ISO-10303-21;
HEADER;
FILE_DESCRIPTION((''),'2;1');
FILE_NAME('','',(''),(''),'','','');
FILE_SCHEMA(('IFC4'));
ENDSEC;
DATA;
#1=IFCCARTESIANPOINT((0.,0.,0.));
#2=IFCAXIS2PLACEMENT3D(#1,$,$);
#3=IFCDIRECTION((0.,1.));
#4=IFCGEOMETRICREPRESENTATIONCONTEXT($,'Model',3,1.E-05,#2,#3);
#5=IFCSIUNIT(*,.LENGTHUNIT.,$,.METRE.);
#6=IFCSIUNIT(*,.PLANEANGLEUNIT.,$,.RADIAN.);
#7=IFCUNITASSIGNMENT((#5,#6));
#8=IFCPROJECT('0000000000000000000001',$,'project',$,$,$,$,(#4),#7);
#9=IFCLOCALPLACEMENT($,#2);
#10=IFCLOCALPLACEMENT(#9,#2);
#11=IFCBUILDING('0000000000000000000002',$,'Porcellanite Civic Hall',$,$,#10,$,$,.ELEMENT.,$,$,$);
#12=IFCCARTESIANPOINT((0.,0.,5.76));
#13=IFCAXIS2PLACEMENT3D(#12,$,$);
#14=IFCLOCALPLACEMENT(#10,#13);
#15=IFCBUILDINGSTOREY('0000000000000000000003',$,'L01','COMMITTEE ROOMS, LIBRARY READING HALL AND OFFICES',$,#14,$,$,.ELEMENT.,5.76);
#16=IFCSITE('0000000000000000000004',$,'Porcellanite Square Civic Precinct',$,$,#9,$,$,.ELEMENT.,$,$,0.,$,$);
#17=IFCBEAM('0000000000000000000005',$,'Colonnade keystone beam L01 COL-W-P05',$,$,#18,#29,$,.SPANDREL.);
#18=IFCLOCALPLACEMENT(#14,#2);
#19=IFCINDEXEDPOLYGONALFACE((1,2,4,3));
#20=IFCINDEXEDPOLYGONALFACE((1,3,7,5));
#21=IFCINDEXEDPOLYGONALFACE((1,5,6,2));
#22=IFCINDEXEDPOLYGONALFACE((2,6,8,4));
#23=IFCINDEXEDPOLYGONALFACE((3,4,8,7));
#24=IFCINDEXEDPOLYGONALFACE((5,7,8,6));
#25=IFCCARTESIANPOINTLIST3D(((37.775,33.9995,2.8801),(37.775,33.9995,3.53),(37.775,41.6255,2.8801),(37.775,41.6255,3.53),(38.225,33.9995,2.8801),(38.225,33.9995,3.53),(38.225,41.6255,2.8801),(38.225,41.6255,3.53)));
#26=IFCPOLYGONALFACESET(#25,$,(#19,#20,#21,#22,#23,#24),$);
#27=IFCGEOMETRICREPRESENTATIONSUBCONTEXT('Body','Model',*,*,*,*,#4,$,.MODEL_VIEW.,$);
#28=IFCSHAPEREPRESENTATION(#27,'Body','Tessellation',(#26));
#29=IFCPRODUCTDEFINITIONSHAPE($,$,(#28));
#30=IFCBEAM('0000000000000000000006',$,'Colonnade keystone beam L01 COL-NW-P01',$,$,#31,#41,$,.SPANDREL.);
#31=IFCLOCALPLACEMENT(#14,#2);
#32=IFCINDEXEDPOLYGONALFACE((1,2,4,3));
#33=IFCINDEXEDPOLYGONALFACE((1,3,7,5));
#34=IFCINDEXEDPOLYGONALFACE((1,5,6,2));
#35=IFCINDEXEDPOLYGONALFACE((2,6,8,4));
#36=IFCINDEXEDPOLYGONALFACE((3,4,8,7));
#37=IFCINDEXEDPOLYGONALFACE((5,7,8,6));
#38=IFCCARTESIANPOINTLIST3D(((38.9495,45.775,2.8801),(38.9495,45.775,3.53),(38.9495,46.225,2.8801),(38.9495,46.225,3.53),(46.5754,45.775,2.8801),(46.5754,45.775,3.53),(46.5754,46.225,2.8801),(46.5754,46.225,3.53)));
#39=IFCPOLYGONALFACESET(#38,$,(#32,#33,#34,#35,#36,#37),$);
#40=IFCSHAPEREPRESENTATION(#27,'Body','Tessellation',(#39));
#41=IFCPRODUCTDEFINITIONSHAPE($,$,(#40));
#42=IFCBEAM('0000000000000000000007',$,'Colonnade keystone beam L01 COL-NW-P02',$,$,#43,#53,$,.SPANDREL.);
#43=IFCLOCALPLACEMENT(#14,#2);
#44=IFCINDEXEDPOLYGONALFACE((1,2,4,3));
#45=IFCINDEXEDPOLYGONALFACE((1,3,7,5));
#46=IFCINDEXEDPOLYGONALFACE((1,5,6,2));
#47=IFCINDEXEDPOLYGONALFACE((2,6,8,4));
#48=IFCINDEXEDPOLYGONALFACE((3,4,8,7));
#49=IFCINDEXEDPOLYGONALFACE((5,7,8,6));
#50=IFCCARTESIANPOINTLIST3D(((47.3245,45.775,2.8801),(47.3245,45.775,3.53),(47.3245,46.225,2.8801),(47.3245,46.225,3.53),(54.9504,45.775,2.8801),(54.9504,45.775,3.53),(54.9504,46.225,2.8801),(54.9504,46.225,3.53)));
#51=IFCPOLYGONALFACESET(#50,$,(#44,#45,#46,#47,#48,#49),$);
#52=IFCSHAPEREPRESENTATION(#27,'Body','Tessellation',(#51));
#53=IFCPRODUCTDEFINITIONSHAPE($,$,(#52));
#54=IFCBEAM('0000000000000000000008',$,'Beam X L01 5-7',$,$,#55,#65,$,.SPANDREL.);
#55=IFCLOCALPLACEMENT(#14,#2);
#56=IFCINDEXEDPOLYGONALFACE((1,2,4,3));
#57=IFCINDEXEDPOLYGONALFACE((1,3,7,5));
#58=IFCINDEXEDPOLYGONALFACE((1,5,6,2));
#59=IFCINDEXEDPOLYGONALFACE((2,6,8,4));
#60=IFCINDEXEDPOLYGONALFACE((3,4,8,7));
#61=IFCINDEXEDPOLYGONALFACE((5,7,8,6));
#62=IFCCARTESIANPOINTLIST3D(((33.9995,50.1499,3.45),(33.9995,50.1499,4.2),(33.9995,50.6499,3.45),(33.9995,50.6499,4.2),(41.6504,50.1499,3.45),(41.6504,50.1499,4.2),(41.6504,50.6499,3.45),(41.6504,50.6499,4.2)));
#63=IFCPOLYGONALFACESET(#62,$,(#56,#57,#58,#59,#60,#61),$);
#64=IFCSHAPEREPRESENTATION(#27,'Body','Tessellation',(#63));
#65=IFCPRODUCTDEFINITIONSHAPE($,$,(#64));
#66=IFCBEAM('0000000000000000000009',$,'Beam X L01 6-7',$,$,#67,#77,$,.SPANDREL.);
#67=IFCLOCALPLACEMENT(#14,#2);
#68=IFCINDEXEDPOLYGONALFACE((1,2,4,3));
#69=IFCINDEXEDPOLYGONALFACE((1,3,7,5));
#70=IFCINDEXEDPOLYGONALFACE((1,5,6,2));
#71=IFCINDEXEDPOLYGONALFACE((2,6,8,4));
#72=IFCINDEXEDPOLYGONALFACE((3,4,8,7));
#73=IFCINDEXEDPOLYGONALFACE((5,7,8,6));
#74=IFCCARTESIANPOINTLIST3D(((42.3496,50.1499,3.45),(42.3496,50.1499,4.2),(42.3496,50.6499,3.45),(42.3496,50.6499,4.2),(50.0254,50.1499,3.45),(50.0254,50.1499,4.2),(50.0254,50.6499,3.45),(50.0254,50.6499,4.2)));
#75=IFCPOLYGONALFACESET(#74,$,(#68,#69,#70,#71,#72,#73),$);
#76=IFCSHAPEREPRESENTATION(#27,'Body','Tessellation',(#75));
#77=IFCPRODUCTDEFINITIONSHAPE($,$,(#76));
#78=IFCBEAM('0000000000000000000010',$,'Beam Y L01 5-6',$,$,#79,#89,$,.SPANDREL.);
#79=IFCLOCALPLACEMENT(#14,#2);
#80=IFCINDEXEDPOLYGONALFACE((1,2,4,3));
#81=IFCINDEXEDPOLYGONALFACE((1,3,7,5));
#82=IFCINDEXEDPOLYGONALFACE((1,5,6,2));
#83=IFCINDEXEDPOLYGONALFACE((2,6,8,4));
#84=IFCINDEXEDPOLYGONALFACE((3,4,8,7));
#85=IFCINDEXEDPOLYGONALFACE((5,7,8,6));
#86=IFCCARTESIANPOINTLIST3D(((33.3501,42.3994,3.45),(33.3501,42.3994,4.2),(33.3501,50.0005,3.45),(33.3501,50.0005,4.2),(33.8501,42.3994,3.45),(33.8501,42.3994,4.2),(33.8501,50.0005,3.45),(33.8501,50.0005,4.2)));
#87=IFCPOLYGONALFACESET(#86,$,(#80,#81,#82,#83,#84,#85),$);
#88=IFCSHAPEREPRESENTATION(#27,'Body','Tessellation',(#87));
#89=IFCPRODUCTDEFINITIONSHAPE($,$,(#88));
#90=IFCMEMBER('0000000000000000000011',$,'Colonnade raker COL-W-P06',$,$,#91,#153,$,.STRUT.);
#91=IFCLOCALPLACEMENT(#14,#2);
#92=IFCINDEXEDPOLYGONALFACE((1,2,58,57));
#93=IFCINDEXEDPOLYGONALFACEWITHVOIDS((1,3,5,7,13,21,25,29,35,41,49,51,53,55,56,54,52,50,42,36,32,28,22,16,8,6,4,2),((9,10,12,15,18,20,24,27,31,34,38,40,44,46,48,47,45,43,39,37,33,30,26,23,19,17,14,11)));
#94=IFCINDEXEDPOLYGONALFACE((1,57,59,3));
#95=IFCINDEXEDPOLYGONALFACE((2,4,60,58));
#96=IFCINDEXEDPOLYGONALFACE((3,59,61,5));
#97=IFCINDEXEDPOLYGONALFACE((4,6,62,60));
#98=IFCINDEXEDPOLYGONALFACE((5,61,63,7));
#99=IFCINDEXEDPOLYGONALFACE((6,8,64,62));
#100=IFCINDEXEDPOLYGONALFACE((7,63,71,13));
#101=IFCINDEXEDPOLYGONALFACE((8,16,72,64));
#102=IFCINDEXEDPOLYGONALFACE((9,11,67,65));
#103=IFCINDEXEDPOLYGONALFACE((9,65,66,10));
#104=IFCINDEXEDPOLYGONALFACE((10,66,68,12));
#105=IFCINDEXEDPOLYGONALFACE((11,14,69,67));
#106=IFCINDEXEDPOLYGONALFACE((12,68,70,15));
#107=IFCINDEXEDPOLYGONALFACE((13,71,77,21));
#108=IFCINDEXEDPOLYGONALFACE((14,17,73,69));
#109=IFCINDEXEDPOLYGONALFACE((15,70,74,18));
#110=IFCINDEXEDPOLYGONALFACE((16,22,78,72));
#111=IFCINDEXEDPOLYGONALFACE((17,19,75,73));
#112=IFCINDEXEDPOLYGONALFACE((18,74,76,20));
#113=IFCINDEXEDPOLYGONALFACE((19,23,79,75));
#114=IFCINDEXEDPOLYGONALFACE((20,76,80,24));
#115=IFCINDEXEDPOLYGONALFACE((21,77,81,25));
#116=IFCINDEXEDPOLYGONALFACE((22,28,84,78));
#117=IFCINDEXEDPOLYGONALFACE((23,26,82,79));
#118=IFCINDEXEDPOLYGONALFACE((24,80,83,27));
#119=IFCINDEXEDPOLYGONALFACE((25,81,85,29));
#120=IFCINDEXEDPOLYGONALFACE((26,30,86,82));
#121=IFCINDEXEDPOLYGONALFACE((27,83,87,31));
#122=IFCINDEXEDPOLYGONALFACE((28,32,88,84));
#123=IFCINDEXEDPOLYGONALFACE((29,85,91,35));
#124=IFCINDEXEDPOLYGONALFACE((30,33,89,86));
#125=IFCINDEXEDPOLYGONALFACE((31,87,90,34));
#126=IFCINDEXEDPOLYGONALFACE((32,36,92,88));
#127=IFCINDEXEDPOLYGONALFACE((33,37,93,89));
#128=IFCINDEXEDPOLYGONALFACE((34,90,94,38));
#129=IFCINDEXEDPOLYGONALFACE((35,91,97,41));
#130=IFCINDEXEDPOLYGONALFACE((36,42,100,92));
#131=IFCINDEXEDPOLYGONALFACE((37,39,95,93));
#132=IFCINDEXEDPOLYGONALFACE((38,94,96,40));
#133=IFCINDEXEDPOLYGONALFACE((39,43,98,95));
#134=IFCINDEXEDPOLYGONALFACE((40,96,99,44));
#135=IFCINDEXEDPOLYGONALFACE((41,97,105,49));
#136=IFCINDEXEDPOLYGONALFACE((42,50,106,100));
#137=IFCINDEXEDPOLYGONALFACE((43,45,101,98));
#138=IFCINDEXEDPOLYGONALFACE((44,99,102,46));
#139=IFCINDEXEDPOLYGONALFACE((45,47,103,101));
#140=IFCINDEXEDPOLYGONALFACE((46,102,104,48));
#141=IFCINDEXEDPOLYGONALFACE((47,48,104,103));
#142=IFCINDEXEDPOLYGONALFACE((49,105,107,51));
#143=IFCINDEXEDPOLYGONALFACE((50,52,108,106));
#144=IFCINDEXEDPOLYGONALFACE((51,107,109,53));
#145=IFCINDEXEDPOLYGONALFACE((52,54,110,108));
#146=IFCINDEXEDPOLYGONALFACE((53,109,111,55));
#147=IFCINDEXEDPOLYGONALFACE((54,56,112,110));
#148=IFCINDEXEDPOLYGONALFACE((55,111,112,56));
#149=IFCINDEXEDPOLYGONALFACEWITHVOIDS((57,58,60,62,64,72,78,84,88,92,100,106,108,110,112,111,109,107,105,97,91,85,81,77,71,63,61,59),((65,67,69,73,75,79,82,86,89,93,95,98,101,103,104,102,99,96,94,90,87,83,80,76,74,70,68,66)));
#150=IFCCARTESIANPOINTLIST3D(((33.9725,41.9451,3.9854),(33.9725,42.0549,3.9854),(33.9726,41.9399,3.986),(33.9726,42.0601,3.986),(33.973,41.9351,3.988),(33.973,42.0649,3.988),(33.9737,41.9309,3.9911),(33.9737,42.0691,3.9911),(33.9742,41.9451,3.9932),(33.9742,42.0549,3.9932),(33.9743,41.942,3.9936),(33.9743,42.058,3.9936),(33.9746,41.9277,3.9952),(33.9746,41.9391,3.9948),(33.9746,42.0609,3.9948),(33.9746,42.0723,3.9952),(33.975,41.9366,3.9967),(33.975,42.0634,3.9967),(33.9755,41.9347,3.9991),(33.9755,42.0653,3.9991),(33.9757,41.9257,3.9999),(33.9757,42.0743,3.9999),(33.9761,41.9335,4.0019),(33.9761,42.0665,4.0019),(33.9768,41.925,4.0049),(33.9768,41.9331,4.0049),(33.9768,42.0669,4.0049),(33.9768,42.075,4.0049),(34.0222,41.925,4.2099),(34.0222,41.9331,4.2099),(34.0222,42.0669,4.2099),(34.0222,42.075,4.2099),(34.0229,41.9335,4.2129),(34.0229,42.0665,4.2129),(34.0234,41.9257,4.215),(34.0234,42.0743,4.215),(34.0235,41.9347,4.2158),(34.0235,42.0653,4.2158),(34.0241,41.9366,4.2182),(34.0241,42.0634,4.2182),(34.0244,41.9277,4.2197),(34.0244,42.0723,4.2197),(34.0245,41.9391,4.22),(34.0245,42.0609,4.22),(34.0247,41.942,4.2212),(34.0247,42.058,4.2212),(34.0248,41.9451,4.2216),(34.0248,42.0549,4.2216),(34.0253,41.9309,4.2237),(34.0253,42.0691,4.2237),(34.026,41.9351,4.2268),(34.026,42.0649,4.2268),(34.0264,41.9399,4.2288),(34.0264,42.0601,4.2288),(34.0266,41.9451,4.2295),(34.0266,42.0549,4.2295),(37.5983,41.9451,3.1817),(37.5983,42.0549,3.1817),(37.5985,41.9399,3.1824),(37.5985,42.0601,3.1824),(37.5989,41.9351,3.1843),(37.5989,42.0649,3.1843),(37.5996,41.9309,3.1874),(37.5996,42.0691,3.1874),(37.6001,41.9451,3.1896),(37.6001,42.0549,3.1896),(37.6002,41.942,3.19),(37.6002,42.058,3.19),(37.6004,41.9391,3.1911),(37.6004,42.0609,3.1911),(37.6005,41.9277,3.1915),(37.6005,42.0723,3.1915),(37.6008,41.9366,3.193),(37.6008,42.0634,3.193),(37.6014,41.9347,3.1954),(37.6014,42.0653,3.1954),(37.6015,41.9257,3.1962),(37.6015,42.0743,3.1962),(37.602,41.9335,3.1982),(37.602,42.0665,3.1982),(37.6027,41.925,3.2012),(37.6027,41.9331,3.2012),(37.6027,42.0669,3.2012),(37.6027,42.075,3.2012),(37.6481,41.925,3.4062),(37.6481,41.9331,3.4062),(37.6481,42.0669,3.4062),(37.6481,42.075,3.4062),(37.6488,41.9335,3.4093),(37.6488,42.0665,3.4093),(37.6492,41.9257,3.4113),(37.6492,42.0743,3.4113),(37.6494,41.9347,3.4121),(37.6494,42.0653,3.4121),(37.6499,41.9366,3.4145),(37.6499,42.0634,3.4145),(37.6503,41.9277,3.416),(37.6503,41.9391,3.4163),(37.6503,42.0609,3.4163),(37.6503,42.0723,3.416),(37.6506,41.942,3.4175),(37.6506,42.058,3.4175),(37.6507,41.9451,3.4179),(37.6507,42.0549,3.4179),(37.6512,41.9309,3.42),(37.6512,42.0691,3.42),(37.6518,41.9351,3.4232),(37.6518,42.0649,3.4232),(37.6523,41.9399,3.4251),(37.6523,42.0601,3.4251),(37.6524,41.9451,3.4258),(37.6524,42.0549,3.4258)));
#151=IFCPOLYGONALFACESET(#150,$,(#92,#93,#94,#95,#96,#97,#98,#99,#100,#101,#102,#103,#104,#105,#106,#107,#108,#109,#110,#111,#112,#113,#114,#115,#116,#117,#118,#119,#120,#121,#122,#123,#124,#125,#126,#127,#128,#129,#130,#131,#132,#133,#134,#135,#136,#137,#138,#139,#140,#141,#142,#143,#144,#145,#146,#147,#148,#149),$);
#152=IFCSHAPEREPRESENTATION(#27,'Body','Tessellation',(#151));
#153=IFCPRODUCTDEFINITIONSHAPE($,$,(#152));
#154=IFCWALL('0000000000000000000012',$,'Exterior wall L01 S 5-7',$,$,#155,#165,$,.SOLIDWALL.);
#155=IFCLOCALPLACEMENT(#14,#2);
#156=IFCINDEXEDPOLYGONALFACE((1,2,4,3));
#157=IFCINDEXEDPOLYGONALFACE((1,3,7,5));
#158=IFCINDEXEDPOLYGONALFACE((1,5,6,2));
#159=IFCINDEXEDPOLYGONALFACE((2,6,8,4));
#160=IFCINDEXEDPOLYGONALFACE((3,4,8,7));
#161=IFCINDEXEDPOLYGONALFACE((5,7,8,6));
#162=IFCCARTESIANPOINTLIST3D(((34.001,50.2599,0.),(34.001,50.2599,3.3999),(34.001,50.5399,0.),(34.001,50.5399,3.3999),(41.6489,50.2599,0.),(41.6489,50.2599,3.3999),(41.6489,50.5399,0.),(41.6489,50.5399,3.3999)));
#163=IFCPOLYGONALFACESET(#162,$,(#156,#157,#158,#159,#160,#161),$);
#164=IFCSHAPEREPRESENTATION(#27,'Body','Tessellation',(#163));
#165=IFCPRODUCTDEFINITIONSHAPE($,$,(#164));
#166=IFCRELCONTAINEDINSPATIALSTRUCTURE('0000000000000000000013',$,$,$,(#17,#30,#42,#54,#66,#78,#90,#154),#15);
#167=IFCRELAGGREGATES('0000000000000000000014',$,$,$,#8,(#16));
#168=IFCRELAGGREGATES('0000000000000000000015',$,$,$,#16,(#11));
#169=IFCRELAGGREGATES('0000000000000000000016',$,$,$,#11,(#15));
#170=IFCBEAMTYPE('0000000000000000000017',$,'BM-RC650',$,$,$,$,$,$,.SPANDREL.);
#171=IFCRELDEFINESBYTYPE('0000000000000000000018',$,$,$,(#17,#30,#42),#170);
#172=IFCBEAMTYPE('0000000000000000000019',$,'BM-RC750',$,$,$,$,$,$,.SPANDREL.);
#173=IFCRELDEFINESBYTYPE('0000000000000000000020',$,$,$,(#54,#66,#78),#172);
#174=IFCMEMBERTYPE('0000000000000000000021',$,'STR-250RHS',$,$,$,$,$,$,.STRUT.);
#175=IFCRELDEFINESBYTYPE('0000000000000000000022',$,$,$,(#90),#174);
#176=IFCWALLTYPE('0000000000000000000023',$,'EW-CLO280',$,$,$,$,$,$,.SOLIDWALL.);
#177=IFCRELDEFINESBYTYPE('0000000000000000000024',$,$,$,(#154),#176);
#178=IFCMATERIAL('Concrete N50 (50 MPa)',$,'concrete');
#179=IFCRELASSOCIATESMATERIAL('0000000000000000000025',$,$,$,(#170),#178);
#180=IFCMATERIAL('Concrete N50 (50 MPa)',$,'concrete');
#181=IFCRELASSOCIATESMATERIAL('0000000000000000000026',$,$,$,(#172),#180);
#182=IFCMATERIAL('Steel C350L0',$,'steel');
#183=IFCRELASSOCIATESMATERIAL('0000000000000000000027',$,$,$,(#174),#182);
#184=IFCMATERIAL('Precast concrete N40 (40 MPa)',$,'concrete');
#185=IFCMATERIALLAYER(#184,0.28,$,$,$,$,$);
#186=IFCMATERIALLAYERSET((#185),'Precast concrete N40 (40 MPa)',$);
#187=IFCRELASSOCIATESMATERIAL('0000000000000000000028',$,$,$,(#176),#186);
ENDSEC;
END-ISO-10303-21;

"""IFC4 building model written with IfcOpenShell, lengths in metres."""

from ifc_helpers import new_model, si_unit, direction, frame, frame_2d, origin, origin_2d, place, context, subcontext, project, spatial, rectangle, hollow_rectangle, extrude, material, layer, layer_set, material_profile, profile_set, type_object, element, save


model = new_model("IFC4")

# Units and contexts
model_context = context("Model", 3, precision=1e-05, world=origin(), true_north=direction((0.0, 1.0)))
body_context = subcontext(model_context, "Body", "Model", "MODEL_VIEW")
ifc_project = project(units=[si_unit("LENGTHUNIT", "METRE"), si_unit("PLANEANGLEUNIT", "RADIAN")], contexts=[model_context])

# Site, building, storey
site_placement = place(None, origin())
site = spatial("IfcSite", under=ifc_project, at=site_placement, Name="Porcellanite Square Civic Precinct", CompositionType="ELEMENT", RefElevation=0.0)
building_placement = place(site_placement, origin())
building = spatial("IfcBuilding", under=site, at=building_placement, Name="Porcellanite Civic Hall", CompositionType="ELEMENT")
storey_placement = place(building_placement, frame((0.0, 0.0, 5.76)))
storey = spatial("IfcBuildingStorey", under=building, at=storey_placement, Name="L01", Description="COMMITTEE ROOMS, LIBRARY READING HALL AND OFFICES", CompositionType="ELEMENT", Elevation=5.76)

# Beams
ifc_material_1 = material(Name="Concrete N50 (50 MPa)", Category="concrete")
ifc_material_profile_1 = material_profile(ifc_material_1, rectangle(XDim=0.45, YDim=0.6499, at=origin_2d()), Name="RC-450x650")
ifc_profile_set_1 = profile_set([ifc_material_profile_1], Name="Concrete N50 (50 MPa)")
beam_type_1 = type_object("IfcBeamType", Name="BM-RC650", PredefinedType="SPANDREL", material=ifc_profile_set_1)
for number, where, z_axis, x_axis, name in (
    (1, (38.0, 33.9995, 3.2051), (0.0, 1.0, 0.0), (-1.0, 0.0, 0.0), "Colonnade keystone beam L01 COL-W-P05"),
    (2, (38.9495, 46.0, 3.2051), (1.0, 0.0, 0.0), (0.0, 1.0, 0.0), "Colonnade keystone beam L01 COL-NW-P01"),
    (3, (47.3245, 46.0, 3.2051), (1.0, 0.0, 0.0), (0.0, 1.0, 0.0), "Colonnade keystone beam L01 COL-NW-P02"),
):
    element("IfcBeam", number, at=place(storey_placement, frame(where, z_axis=z_axis, x_axis=x_axis)), inside=storey, type_object=beam_type_1, Name=name, PredefinedType="SPANDREL", context=body_context, shape_type="SweptSolid", body=[
        extrude(rectangle(XDim=0.45, YDim=0.6499, at=origin_2d()), origin(), (0.0, 0.0, 1.0), 7.626),
    ])
ifc_material_2 = material(Name="Concrete N50 (50 MPa)", Category="concrete")
ifc_material_profile_2 = material_profile(ifc_material_2, rectangle(XDim=0.5, YDim=0.75, at=origin_2d()), Name="RC-500x750")
ifc_profile_set_2 = profile_set([ifc_material_profile_2], Name="Concrete N50 (50 MPa)")
beam_type_2 = type_object("IfcBeamType", Name="BM-RC750", PredefinedType="SPANDREL", material=ifc_profile_set_2)
beam_1_placement = place(storey_placement, frame((33.9995, 50.3999, 3.825), z_axis=(1.0, 0.0, 0.0), x_axis=(0.0, 1.0, 0.0)))
element("IfcBeam", 4, at=beam_1_placement, inside=storey, type_object=beam_type_2, Name="Beam X L01 5-7", PredefinedType="SPANDREL", context=body_context, shape_type="SweptSolid", body=[
    extrude(rectangle(XDim=0.5, YDim=0.75, at=origin_2d()), origin(), (0.0, 0.0, 1.0), 7.6509),
])
beam_2_placement = place(storey_placement, frame((42.3496, 50.3999, 3.825), z_axis=(1.0, 0.0, 0.0), x_axis=(0.0, 1.0, 0.0)))
element("IfcBeam", 5, at=beam_2_placement, inside=storey, type_object=beam_type_2, Name="Beam X L01 6-7", PredefinedType="SPANDREL", context=body_context, shape_type="SweptSolid", body=[
    extrude(rectangle(XDim=0.5, YDim=0.75, at=origin_2d()), origin(), (0.0, 0.0, 1.0), 7.6758),
])
beam_3_placement = place(storey_placement, frame((33.6001, 42.3994, 3.825), z_axis=(0.0, 1.0, 0.0), x_axis=(-1.0, 0.0, 0.0)))
element("IfcBeam", 6, at=beam_3_placement, inside=storey, type_object=beam_type_2, Name="Beam Y L01 5-6", PredefinedType="SPANDREL", context=body_context, shape_type="SweptSolid", body=[
    extrude(rectangle(XDim=0.5, YDim=0.75, at=origin_2d()), origin(), (0.0, 0.0, 1.0), 7.6011),
])

# Member
ifc_material_3 = material(Name="Steel C350L0", Category="steel")
ifc_material_profile_3 = material_profile(ifc_material_3, hollow_rectangle(XDim=0.1499, YDim=0.25, WallThickness=0.0081, InnerFilletRadius=0.012, OuterFilletRadius=0.02, at=origin_2d()), Name="250x150x8.0RHS")
ifc_profile_set_3 = profile_set([ifc_material_profile_3], Name="Steel C350L0")
member_type = type_object("IfcMemberType", Name="STR-250RHS", PredefinedType="STRUT", material=ifc_profile_set_3)
member_placement = place(storey_placement, frame((33.9995, 42.0, 4.1074), z_axis=(0.976304, 0.0, -0.216401), x_axis=(0.0, 1.0, 0.0)))
element("IfcMember", 7, at=member_placement, inside=storey, type_object=member_type, Name="Colonnade raker COL-W-P06", PredefinedType="STRUT", context=body_context, shape_type="SweptSolid", body=[
    extrude(hollow_rectangle(XDim=0.1499, YDim=0.25, WallThickness=0.0081, InnerFilletRadius=0.012, OuterFilletRadius=0.02, at=origin_2d()), origin(), (0.0, 0.0, 1.0), 3.7139),
])

# Wall
ifc_material_4 = material(Name="Precast concrete N40 (40 MPa)", Category="concrete")
ifc_layer_1 = layer(ifc_material_4, 0.28)
ifc_layer_set_1 = layer_set([ifc_layer_1], Name="Precast concrete N40 (40 MPa)")
wall_type_1 = type_object("IfcWallType", Name="EW-CLO280", PredefinedType="SOLIDWALL", material=ifc_layer_set_1)
wall_1_placement = place(storey_placement, frame((41.6489, 50.3999, 0.0), z_axis=(0.0, 0.0, 1.0), x_axis=(-1.0, 0.0, 0.0)))
element("IfcWall", 8, at=wall_1_placement, inside=storey, type_object=wall_type_1, Name="Exterior wall L01 S 5-7", PredefinedType="SOLIDWALL", context=body_context, shape_type="SweptSolid", body=[
    extrude(rectangle(XDim=7.6479, YDim=0.28, at=frame_2d((3.824, 0.0))), origin(), (0.0, 0.0, 1.0), 3.3999),
])

save(model, "model.ifc")
